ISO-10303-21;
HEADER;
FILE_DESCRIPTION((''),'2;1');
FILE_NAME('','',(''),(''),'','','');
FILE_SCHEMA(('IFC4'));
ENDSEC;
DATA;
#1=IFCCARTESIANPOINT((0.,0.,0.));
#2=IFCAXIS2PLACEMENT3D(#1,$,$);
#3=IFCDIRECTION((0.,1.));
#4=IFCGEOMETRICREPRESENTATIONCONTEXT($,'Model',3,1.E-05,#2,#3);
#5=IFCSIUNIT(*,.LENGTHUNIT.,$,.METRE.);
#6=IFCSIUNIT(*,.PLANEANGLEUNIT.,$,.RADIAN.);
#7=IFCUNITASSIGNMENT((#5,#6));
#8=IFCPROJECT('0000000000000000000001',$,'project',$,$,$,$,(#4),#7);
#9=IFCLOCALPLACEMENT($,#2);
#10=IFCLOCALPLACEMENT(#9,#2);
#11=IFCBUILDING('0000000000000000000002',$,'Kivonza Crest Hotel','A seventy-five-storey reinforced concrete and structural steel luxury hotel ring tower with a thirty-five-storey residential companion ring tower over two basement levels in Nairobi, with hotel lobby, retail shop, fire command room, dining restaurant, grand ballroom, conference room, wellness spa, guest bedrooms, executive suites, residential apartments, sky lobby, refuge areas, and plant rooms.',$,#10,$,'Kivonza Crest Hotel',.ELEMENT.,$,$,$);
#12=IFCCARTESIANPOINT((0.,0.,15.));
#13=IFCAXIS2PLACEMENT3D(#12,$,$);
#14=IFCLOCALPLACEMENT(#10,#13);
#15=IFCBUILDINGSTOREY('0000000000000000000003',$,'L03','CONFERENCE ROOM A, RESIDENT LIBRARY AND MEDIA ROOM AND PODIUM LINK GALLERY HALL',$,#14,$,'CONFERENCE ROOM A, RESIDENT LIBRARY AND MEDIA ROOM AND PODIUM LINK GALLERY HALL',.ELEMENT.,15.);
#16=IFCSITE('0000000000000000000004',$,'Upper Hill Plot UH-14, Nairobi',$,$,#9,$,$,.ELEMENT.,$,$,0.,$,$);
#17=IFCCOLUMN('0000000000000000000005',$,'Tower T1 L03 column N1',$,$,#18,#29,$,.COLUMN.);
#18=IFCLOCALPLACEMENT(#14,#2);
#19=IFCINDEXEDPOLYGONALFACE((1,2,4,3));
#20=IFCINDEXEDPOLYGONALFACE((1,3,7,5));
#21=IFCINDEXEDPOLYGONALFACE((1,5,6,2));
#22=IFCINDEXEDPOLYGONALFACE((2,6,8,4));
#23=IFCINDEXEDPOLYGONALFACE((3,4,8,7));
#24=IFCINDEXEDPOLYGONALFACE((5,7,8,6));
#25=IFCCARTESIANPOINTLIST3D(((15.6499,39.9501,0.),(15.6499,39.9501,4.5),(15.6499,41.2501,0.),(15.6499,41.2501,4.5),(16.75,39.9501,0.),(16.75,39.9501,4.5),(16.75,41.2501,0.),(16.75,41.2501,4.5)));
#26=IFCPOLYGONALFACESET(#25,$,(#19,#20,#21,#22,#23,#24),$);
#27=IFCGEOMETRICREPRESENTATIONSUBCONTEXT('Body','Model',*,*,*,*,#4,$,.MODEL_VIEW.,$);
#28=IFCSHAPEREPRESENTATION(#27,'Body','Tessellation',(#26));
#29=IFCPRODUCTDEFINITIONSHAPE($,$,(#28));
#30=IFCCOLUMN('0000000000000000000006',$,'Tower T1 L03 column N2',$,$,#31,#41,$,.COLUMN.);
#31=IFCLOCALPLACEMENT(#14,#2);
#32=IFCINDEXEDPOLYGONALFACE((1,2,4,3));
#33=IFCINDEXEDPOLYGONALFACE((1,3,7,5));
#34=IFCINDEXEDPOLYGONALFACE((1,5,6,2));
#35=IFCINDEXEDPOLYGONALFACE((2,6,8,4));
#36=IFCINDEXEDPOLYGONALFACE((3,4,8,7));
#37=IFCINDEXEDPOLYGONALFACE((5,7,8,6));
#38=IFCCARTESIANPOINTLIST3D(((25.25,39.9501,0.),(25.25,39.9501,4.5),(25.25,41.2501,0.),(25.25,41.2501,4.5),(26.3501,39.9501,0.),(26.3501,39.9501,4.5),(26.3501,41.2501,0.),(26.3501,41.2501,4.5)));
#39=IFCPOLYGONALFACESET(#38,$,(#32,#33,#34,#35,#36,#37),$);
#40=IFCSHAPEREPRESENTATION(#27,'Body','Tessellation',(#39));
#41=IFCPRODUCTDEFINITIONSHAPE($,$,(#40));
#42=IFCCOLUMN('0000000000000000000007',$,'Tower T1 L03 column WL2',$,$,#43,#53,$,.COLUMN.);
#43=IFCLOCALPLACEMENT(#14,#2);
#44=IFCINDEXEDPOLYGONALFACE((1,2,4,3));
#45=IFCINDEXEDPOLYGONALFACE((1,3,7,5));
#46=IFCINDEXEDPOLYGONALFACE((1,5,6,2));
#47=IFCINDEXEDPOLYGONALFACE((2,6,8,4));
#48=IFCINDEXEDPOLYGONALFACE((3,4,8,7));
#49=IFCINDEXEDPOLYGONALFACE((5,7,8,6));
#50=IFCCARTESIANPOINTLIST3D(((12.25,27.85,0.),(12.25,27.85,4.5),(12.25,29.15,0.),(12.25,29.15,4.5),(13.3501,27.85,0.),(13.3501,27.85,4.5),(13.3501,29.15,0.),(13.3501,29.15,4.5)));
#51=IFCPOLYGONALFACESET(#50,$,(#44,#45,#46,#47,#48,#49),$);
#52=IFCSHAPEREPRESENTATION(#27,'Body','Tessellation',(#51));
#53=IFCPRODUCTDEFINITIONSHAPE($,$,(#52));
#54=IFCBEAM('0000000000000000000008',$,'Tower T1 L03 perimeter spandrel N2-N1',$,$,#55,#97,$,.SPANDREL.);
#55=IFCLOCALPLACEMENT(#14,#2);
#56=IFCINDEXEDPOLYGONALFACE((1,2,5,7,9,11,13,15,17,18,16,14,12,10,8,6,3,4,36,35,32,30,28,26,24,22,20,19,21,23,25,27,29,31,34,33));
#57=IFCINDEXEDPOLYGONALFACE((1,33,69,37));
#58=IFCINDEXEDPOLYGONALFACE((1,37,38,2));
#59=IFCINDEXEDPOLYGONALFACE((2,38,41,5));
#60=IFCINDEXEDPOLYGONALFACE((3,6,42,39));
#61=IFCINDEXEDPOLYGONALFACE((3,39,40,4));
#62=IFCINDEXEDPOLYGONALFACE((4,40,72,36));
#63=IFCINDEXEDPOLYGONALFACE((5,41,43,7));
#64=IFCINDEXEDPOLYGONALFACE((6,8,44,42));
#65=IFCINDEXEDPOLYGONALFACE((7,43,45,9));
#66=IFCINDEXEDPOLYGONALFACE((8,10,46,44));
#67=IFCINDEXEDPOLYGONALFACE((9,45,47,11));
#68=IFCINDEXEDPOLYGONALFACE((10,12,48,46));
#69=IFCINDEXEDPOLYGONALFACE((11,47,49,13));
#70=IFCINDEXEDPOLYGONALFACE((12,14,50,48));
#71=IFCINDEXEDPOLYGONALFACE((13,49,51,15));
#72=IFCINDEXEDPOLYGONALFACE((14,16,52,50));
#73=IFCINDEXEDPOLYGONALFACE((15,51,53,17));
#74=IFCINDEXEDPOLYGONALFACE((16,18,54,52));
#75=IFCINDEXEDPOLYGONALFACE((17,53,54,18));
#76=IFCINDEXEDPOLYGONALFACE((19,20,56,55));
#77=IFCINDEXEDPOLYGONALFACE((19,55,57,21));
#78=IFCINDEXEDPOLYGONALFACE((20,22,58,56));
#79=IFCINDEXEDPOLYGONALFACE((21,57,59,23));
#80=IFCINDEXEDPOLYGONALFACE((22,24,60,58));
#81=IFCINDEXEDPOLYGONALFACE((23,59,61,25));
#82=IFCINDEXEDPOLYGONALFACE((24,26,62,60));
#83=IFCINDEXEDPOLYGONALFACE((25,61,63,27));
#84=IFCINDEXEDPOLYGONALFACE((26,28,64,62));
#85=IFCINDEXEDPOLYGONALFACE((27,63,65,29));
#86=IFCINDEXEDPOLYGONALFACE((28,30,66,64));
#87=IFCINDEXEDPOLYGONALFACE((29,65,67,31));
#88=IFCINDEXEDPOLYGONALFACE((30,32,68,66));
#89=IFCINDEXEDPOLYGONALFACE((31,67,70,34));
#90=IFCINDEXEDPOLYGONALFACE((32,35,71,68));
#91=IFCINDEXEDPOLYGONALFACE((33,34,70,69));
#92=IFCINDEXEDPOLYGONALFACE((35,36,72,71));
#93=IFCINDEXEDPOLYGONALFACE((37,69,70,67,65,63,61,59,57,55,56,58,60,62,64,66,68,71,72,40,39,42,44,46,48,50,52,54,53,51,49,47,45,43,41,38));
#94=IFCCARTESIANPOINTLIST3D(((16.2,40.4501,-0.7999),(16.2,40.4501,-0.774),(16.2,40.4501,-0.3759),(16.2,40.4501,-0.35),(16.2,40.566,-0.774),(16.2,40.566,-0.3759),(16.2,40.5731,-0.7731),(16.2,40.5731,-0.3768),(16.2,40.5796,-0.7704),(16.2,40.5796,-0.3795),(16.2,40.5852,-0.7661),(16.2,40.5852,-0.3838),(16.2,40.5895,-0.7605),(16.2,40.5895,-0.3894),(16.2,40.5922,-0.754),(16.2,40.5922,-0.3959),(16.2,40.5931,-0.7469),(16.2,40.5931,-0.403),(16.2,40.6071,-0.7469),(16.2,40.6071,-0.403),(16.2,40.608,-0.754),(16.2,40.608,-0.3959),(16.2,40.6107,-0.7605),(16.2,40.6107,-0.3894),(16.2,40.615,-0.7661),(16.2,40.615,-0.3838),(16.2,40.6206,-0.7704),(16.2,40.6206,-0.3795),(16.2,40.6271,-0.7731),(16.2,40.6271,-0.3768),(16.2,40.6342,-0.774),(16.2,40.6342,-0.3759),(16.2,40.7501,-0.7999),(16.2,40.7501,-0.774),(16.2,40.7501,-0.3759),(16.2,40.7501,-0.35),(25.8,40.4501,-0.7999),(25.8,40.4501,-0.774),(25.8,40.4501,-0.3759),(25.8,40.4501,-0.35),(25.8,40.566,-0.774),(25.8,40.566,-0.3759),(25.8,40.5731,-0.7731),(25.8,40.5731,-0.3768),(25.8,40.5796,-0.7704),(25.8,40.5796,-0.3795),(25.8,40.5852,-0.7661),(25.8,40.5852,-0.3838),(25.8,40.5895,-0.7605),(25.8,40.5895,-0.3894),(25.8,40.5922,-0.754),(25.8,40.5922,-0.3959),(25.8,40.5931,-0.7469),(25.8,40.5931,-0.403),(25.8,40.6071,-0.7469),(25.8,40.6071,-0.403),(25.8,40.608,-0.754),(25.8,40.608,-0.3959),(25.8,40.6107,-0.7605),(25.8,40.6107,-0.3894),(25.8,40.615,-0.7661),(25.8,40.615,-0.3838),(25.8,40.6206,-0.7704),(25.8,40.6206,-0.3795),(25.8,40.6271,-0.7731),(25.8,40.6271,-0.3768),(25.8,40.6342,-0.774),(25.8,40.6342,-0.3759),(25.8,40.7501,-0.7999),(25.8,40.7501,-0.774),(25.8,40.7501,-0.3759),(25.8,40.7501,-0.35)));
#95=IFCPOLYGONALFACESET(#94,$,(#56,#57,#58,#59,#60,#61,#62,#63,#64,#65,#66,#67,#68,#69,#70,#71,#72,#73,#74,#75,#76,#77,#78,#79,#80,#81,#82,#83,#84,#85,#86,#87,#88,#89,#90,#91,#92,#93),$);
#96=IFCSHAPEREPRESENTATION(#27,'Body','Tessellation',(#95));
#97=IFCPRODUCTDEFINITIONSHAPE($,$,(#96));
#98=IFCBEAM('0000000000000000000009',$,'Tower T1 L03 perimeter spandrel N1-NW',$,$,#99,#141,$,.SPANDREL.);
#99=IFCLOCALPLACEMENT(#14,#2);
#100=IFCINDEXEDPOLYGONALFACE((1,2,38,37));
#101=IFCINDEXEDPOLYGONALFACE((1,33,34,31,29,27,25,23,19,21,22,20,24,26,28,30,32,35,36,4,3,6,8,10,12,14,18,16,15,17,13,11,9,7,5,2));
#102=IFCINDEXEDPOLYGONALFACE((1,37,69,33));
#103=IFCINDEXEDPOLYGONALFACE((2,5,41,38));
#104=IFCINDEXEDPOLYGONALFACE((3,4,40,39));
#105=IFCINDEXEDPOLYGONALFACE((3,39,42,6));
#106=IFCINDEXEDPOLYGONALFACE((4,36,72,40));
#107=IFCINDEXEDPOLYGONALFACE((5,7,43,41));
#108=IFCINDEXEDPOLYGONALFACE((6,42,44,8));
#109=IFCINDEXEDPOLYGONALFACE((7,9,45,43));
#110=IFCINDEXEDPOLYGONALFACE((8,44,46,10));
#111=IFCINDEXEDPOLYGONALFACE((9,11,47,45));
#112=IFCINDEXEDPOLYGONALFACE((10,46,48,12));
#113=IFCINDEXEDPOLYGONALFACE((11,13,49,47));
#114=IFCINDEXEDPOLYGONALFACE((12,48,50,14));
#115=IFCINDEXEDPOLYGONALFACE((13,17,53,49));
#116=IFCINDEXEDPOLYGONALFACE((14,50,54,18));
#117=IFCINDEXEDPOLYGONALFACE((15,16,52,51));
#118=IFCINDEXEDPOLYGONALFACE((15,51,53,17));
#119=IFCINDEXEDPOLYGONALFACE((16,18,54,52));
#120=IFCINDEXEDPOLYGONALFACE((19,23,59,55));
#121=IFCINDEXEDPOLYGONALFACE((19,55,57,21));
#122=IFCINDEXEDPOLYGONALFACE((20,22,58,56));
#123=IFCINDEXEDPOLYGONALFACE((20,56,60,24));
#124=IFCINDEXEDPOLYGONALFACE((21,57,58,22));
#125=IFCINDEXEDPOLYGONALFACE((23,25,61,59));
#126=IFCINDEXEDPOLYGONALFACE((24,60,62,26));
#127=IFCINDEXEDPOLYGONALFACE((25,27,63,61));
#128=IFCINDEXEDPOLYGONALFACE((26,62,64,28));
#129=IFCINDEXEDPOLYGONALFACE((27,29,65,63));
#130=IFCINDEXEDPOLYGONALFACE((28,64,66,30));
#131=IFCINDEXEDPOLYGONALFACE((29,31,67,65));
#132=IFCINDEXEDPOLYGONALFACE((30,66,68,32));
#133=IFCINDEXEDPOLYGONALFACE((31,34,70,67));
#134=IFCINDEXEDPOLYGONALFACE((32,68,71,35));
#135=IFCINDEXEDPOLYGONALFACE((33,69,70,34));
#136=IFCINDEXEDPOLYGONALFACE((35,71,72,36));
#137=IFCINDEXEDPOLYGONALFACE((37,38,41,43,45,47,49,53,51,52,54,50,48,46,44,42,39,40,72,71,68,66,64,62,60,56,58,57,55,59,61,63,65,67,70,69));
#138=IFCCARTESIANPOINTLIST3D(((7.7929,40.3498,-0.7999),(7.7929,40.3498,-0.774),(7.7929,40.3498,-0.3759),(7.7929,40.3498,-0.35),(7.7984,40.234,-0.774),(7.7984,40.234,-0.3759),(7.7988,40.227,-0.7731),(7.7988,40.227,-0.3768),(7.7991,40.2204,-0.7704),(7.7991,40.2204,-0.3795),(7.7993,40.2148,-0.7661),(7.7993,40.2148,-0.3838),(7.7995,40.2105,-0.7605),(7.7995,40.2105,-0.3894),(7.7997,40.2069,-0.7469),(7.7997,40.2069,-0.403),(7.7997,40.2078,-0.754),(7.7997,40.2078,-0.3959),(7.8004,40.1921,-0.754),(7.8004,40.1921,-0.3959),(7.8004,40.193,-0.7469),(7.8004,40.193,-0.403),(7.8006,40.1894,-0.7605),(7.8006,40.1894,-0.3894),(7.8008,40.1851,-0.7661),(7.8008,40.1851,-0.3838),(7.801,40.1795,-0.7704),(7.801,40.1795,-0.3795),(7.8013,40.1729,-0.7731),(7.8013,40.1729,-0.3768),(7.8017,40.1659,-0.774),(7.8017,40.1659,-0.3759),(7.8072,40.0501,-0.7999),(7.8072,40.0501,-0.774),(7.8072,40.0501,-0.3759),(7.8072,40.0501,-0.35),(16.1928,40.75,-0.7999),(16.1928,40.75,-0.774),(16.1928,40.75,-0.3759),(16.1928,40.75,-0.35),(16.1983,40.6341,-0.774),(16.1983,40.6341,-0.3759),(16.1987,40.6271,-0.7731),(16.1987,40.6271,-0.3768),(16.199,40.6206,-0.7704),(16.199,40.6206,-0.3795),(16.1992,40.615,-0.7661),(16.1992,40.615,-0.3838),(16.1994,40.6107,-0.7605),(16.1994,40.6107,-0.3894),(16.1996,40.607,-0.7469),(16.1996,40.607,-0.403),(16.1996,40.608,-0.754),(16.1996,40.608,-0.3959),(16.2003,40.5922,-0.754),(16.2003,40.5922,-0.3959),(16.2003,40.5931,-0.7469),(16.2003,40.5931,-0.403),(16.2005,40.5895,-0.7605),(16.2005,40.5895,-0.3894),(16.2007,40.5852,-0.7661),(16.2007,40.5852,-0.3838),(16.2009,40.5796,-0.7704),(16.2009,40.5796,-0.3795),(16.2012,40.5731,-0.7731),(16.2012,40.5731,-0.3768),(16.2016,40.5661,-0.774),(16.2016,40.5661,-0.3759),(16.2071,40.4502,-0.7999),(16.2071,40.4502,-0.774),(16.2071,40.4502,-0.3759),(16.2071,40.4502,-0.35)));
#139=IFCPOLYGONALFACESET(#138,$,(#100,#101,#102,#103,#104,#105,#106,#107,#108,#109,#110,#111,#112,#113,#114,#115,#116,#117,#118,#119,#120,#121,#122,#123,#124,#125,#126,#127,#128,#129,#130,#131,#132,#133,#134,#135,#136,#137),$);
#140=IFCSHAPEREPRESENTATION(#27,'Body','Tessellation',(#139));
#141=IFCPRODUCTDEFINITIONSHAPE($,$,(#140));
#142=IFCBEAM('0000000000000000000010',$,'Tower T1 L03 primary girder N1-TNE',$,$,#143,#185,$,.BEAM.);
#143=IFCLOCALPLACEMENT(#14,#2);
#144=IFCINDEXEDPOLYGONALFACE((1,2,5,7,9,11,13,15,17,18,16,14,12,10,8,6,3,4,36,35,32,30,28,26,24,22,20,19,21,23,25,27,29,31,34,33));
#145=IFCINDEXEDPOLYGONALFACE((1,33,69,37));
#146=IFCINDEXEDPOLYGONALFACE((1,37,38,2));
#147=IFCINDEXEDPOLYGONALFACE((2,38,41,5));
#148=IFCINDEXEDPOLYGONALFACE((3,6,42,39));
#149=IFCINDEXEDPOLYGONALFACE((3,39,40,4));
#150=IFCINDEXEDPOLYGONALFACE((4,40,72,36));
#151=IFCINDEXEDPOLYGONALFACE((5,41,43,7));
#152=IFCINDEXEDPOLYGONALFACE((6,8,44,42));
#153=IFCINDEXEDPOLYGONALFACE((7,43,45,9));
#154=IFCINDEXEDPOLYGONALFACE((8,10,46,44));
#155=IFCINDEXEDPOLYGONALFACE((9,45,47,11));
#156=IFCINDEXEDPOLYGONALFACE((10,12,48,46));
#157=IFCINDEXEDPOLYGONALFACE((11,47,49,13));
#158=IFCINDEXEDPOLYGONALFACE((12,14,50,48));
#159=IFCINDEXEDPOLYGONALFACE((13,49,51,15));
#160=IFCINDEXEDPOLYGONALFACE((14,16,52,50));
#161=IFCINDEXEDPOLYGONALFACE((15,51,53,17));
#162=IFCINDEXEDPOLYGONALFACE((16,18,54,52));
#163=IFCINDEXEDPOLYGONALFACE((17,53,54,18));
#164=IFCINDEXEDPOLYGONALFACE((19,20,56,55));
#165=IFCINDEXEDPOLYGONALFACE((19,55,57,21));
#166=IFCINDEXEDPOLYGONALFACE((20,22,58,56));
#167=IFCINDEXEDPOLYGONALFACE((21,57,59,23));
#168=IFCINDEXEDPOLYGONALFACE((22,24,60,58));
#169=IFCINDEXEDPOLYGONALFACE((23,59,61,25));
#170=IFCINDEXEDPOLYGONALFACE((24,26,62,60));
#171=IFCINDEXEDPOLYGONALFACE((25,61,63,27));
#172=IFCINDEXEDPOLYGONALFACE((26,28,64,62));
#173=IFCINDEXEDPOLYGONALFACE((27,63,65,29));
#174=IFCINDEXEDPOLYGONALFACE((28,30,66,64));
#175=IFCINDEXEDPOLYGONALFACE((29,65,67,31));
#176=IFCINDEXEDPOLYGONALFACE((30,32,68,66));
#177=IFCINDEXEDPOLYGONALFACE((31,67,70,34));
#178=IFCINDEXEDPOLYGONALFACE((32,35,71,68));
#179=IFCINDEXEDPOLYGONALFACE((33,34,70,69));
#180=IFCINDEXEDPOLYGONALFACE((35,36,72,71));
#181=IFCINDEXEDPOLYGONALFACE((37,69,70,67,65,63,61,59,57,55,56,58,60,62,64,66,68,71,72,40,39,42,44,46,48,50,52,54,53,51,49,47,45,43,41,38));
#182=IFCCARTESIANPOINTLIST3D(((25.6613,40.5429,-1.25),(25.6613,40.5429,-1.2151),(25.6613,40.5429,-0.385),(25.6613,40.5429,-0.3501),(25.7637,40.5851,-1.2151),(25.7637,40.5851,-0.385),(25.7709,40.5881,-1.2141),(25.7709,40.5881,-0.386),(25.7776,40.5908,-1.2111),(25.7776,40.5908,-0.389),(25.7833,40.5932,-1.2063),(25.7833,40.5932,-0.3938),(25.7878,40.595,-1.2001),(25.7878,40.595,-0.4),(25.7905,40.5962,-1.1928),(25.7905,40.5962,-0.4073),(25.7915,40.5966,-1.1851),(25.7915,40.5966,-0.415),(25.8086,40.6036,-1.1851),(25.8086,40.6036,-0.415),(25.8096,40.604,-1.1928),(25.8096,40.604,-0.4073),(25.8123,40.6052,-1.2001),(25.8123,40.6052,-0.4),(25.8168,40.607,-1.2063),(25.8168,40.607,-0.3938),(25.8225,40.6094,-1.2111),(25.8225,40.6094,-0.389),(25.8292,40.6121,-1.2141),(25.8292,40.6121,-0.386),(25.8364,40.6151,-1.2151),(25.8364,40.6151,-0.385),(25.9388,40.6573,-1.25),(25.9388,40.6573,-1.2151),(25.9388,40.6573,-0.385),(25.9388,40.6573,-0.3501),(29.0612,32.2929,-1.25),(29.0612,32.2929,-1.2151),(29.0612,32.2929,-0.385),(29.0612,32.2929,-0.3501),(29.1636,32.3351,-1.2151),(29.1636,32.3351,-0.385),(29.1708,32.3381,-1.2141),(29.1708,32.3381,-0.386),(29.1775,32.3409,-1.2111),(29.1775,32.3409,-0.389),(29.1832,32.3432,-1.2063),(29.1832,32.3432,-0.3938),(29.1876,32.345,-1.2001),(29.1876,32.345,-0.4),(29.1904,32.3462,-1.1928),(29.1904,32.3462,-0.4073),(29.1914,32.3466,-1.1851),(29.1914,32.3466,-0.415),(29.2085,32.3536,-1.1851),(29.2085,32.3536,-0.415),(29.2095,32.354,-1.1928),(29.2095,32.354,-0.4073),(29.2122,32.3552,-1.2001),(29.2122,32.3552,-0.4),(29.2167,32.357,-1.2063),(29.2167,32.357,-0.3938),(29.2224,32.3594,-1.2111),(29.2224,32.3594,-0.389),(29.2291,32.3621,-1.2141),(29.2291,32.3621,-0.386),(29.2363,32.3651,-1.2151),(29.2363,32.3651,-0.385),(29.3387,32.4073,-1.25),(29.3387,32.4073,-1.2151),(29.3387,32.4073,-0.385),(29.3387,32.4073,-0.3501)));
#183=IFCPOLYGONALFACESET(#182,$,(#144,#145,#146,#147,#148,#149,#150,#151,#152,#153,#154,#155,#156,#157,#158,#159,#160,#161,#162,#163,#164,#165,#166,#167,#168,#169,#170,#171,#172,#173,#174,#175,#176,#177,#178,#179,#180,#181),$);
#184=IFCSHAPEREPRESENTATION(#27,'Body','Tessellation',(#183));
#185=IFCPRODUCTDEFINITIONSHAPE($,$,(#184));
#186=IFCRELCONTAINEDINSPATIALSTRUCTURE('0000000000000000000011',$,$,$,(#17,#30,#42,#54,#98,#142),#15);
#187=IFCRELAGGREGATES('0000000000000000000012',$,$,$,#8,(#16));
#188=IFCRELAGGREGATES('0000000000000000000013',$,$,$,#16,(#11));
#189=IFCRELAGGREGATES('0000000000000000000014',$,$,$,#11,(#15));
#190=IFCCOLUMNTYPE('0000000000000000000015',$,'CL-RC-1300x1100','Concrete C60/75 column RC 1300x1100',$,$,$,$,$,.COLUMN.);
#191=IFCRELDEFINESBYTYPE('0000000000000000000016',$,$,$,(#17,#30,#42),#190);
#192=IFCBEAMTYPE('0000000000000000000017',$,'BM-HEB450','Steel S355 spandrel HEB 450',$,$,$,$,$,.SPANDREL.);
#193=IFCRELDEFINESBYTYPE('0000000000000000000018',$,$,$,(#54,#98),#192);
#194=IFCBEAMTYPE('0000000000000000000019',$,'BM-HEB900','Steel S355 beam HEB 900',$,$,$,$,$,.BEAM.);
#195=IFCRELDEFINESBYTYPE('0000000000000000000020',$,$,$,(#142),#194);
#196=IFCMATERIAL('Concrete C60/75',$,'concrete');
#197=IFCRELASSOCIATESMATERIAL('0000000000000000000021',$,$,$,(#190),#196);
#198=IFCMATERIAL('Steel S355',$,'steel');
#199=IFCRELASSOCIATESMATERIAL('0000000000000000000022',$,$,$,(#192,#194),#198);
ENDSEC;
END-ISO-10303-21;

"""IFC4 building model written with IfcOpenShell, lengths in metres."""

from ifc_helpers import new_model, si_unit, direction, frame, origin, origin_2d, place, context, subcontext, project, spatial, rectangle, i_section, extrude, material, material_profile, profile_set, type_object, element, save


model = new_model("IFC4")

# Units and contexts
model_context = context("Model", 3, precision=1e-05, world=origin(), true_north=direction((0.0, 1.0)))
body_context = subcontext(model_context, "Body", "Model", "MODEL_VIEW")
ifc_project = project(units=[si_unit("LENGTHUNIT", "METRE"), si_unit("PLANEANGLEUNIT", "RADIAN")], contexts=[model_context])

# Site, building, storey
site_placement = place(None, origin())
site = spatial("IfcSite", under=ifc_project, at=site_placement, Name="Upper Hill Plot UH-14, Nairobi", CompositionType="ELEMENT", RefElevation=0.0)
building_placement = place(site_placement, origin())
building = spatial("IfcBuilding", under=site, at=building_placement, Name="Kivonza Crest Hotel", Description="A seventy-five-storey reinforced concrete and structural steel luxury hotel ring tower with a thirty-five-storey residential companion ring tower over two basement levels in Nairobi, with hotel lobby, retail shop, fire command room, dining restaurant, grand ballroom, conference room, wellness spa, guest bedrooms, executive suites, residential apartments, sky lobby, refuge areas, and plant rooms.", LongName="Kivonza Crest Hotel", CompositionType="ELEMENT")
storey_placement = place(building_placement, frame((0.0, 0.0, 15.0)))
storey = spatial("IfcBuildingStorey", under=building, at=storey_placement, Name="L03", Description="CONFERENCE ROOM A, RESIDENT LIBRARY AND MEDIA ROOM AND PODIUM LINK GALLERY HALL", LongName="CONFERENCE ROOM A, RESIDENT LIBRARY AND MEDIA ROOM AND PODIUM LINK GALLERY HALL", CompositionType="ELEMENT", Elevation=15.0)

# Columns
ifc_material_1 = material(Name="Concrete C60/75", Category="concrete")
ifc_material_profile_1 = material_profile(ifc_material_1, rectangle(XDim=1.1001, YDim=1.3, at=origin_2d()), Name="RC 1300x1100")
ifc_profile_set_1 = profile_set([ifc_material_profile_1], Name="Concrete C60/75")
column_type = type_object("IfcColumnType", Name="CL-RC-1300x1100", Description="Concrete C60/75 column RC 1300x1100", PredefinedType="COLUMN", material=ifc_profile_set_1)
for number, where, z_axis, x_axis, name in (
    (1, (16.2, 40.6001, 0.0), (0.0, 0.0, 1.0), (1.0, 0.0, 0.0), "Tower T1 L03 column N1"),
    (2, (25.8, 40.6001, 0.0), (0.0, 0.0, 1.0), (1.0, 0.0, 0.0), "Tower T1 L03 column N2"),
    (3, (12.8, 28.5, 0.0), (0.0, 0.0, 1.0), (1.0, 0.0, 0.0), "Tower T1 L03 column WL2"),
):
    element("IfcColumn", number, at=place(storey_placement, frame(where, z_axis=z_axis, x_axis=x_axis)), inside=storey, type_object=column_type, Name=name, PredefinedType="COLUMN", context=body_context, shape_type="SweptSolid", body=[
        extrude(rectangle(XDim=1.1001, YDim=1.3, at=origin_2d()), origin(), (0.0, 0.0, 1.0), 4.5),
    ])

# Beams
ifc_material_2 = material(Name="Steel S355", Category="steel")
ifc_material_profile_2 = material_profile(ifc_material_2, i_section(OverallWidth=0.3, OverallDepth=0.45, WebThickness=0.0139, FlangeThickness=0.0259, FilletRadius=0.0271, at=origin_2d()), Name="HEB 450")
ifc_profile_set_2 = profile_set([ifc_material_profile_2], Name="Steel S355")
beam_type_1 = type_object("IfcBeamType", Name="BM-HEB450", Description="Steel S355 spandrel HEB 450", PredefinedType="SPANDREL", material=ifc_profile_set_2)
beam_1_placement = place(storey_placement, frame((25.8, 40.6001, -0.575), z_axis=(-1.0, 0.0, 0.0), x_axis=(0.0, -1.0, 0.0)))
element("IfcBeam", 4, at=beam_1_placement, inside=storey, type_object=beam_type_1, Name="Tower T1 L03 perimeter spandrel N2-N1", PredefinedType="SPANDREL", context=body_context, shape_type="SweptSolid", body=[
    extrude(i_section(OverallWidth=0.3, OverallDepth=0.45, WebThickness=0.0139, FlangeThickness=0.0259, FilletRadius=0.0271, at=origin_2d()), origin(), (0.0, 0.0, 1.0), 9.6001),
])
beam_2_placement = place(storey_placement, frame((16.2, 40.6001, -0.575), z_axis=(-0.998867, -0.047583, 0.0), x_axis=(0.047583, -0.998867, 0.0)))
element("IfcBeam", 5, at=beam_2_placement, inside=storey, type_object=beam_type_1, Name="Tower T1 L03 perimeter spandrel N1-NW", PredefinedType="SPANDREL", context=body_context, shape_type="SweptSolid", body=[
    extrude(i_section(OverallWidth=0.3, OverallDepth=0.45, WebThickness=0.0139, FlangeThickness=0.0259, FilletRadius=0.0271, at=origin_2d()), origin(), (0.0, 0.0, 1.0), 8.4094),
])
ifc_material_profile_3 = material_profile(ifc_material_2, i_section(OverallWidth=0.3, OverallDepth=0.8999, WebThickness=0.0186, FlangeThickness=0.0349, FilletRadius=0.03, at=origin_2d()), Name="HEB 900")
ifc_profile_set_3 = profile_set([ifc_material_profile_3], Name="Steel S355")
beam_type_2 = type_object("IfcBeamType", Name="BM-HEB900", Description="Steel S355 beam HEB 900", PredefinedType="BEAM", material=ifc_profile_set_3)
beam_3_placement = place(storey_placement, frame((25.8, 40.6001, -0.8), z_axis=(0.381022, -0.924566, 0.0), x_axis=(0.924566, 0.381022, 0.0)))
element("IfcBeam", 6, at=beam_3_placement, inside=storey, type_object=beam_type_2, Name="Tower T1 L03 primary girder N1-TNE", PredefinedType="BEAM", context=body_context, shape_type="SweptSolid", body=[
    extrude(i_section(OverallWidth=0.3, OverallDepth=0.8999, WebThickness=0.0186, FlangeThickness=0.0349, FilletRadius=0.03, at=origin_2d()), origin(), (0.0, 0.0, 1.0), 8.9231),
])

save(model, "model.ifc")
